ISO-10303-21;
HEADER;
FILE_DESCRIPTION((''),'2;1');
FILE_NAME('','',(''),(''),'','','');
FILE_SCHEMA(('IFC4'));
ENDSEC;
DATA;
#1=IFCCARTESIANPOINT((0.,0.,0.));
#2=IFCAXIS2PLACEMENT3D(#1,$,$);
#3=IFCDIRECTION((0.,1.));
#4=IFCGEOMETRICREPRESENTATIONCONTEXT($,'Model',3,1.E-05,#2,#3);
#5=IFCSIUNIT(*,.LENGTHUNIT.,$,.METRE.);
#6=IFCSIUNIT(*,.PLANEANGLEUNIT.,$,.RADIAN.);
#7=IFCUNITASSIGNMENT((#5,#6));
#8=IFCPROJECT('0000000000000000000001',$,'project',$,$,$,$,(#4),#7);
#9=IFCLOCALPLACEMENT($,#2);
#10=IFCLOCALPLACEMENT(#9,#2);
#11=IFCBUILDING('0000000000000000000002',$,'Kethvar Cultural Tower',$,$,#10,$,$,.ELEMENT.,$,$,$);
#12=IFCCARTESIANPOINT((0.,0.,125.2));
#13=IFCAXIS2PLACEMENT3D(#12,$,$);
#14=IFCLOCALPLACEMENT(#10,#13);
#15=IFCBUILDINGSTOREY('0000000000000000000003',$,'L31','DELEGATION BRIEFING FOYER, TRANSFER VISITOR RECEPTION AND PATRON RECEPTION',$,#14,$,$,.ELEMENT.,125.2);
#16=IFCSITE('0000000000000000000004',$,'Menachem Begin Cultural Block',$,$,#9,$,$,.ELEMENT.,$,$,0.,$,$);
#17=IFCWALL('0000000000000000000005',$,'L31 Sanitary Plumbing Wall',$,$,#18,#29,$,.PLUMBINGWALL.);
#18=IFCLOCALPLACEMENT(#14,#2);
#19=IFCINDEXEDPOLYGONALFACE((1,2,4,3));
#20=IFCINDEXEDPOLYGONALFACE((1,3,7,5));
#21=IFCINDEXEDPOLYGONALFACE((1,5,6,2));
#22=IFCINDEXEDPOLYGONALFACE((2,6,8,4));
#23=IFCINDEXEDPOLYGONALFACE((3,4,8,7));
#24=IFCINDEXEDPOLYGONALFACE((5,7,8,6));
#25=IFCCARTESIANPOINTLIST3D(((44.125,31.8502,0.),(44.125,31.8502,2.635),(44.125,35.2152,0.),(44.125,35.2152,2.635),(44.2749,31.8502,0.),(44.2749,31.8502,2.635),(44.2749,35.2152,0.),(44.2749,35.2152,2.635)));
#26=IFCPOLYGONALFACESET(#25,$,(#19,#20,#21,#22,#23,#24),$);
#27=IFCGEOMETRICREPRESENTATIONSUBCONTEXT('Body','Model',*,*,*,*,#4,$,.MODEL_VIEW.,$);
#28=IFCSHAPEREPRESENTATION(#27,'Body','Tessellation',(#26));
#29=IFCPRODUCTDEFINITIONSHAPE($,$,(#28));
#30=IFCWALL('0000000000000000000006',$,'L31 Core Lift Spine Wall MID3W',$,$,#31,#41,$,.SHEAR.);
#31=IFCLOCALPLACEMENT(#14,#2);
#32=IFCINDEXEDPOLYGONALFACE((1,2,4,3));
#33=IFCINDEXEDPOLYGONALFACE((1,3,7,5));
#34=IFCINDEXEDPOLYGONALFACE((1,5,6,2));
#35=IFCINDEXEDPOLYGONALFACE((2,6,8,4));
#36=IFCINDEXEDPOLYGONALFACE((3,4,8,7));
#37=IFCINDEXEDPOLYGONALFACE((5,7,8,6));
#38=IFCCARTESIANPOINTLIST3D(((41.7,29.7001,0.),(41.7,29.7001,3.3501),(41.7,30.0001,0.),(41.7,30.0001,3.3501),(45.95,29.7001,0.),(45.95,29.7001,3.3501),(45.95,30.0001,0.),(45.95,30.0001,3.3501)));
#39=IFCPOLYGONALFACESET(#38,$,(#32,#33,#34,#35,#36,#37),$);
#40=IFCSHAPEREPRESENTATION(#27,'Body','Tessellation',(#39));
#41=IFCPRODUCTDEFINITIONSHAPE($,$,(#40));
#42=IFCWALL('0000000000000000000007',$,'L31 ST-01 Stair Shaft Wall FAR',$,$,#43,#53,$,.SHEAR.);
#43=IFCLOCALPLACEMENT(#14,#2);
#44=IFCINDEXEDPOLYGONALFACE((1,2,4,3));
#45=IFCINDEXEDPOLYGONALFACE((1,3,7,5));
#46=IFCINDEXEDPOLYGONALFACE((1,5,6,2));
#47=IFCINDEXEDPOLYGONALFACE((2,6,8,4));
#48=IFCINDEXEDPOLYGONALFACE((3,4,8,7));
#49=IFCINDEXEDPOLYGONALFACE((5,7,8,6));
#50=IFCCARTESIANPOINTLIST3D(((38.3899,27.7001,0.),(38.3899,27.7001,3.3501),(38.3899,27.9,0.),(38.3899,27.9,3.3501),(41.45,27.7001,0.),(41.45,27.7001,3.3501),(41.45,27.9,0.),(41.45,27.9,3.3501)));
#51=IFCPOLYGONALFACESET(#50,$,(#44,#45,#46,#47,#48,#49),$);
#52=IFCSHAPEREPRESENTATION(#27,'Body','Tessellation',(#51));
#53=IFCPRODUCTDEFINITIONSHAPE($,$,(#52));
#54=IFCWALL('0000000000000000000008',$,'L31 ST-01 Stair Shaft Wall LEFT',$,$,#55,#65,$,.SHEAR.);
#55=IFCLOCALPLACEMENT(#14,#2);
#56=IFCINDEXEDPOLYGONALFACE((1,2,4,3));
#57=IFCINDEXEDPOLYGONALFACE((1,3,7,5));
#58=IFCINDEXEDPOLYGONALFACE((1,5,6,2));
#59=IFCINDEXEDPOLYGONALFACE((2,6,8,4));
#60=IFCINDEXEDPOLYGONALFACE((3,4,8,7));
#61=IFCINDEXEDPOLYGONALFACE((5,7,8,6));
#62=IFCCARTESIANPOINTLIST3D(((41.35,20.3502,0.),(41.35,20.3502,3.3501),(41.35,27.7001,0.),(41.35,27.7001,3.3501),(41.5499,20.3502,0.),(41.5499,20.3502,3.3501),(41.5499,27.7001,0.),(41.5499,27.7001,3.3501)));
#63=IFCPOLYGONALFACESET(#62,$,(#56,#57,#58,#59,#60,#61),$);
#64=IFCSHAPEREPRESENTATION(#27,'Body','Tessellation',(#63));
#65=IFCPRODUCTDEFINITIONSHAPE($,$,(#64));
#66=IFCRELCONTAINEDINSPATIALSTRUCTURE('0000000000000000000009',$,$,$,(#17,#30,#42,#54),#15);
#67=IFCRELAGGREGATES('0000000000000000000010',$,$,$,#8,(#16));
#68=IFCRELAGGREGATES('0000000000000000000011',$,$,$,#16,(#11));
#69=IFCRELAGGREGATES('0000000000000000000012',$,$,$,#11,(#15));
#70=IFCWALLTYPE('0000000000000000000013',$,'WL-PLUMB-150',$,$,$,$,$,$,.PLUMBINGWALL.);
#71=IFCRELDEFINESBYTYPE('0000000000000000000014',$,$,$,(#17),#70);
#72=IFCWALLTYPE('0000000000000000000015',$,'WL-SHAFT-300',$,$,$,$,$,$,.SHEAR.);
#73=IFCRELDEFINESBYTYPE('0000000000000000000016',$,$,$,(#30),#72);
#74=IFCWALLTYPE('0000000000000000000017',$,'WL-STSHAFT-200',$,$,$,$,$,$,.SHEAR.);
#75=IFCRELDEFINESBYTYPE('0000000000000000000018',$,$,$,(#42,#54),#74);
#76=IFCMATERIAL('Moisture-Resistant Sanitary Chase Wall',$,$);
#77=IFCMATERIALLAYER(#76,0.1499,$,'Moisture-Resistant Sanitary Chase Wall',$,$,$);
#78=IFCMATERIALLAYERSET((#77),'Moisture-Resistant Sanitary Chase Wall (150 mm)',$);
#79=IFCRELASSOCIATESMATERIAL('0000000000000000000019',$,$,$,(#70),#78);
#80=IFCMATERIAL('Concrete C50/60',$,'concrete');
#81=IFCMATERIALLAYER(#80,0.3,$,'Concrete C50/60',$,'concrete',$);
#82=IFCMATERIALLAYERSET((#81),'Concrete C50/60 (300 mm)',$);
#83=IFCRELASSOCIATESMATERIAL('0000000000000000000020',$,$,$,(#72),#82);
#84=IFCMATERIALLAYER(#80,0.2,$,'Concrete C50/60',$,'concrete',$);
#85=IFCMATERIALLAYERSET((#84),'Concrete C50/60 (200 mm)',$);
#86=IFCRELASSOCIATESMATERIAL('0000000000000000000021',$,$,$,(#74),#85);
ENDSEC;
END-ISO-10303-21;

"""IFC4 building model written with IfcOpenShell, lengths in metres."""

from ifc_helpers import new_model, si_unit, direction, frame, frame_2d, origin, place, context, subcontext, project, spatial, rectangle, extrude, material, layer, layer_set, type_object, element, save


model = new_model("IFC4")

# Units and contexts
model_context = context("Model", 3, precision=1e-05, world=origin(), true_north=direction((0.0, 1.0)))
body_context = subcontext(model_context, "Body", "Model", "MODEL_VIEW")
ifc_project = project(units=[si_unit("LENGTHUNIT", "METRE"), si_unit("PLANEANGLEUNIT", "RADIAN")], contexts=[model_context])

# Site, building, storey
site_placement = place(None, origin())
site = spatial("IfcSite", under=ifc_project, at=site_placement, Name="Menachem Begin Cultural Block", CompositionType="ELEMENT", RefElevation=0.0)
building_placement = place(site_placement, origin())
building = spatial("IfcBuilding", under=site, at=building_placement, Name="Kethvar Cultural Tower", CompositionType="ELEMENT")
storey_placement = place(building_placement, frame((0.0, 0.0, 125.2)))
storey = spatial("IfcBuildingStorey", under=building, at=storey_placement, Name="L31", Description="DELEGATION BRIEFING FOYER, TRANSFER VISITOR RECEPTION AND PATRON RECEPTION", CompositionType="ELEMENT", Elevation=125.2)

# Walls
ifc_material_1 = material(Name="Moisture-Resistant Sanitary Chase Wall")
ifc_layer_1 = layer(ifc_material_1, 0.1499, Name="Moisture-Resistant Sanitary Chase Wall")
ifc_layer_set_1 = layer_set([ifc_layer_1], Name="Moisture-Resistant Sanitary Chase Wall (150 mm)")
wall_type_1 = type_object("IfcWallType", Name="WL-PLUMB-150", PredefinedType="PLUMBINGWALL", material=ifc_layer_set_1)
wall_1_placement = place(storey_placement, frame((44.2, 31.8501, 0.0), z_axis=(0.0, 0.0, 1.0), x_axis=(0.0, 1.0, 0.0)))
element("IfcWall", 1, at=wall_1_placement, inside=storey, type_object=wall_type_1, Name="L31 Sanitary Plumbing Wall", PredefinedType="PLUMBINGWALL", context=body_context, shape_type="SweptSolid", body=[
    extrude(rectangle(XDim=3.365, YDim=0.1499, at=frame_2d((1.6826, 0.0))), origin(), (0.0, 0.0, 1.0), 2.635),
])
ifc_material_2 = material(Name="Concrete C50/60", Category="concrete")
ifc_layer_2 = layer(ifc_material_2, 0.3, Name="Concrete C50/60", Category="concrete")
ifc_layer_set_2 = layer_set([ifc_layer_2], Name="Concrete C50/60 (300 mm)")
wall_type_2 = type_object("IfcWallType", Name="WL-SHAFT-300", PredefinedType="SHEAR", material=ifc_layer_set_2)
wall_2_placement = place(storey_placement, frame((41.7, 29.8501, 0.0), z_axis=(0.0, 0.0, 1.0), x_axis=(1.0, 0.0, 0.0)))
element("IfcWall", 2, at=wall_2_placement, inside=storey, type_object=wall_type_2, Name="L31 Core Lift Spine Wall MID3W", PredefinedType="SHEAR", context=body_context, shape_type="SweptSolid", body=[
    extrude(rectangle(XDim=4.25, YDim=0.3, at=frame_2d((2.125, 0.0))), origin(), (0.0, 0.0, 1.0), 3.3501),
])
ifc_layer_3 = layer(ifc_material_2, 0.2, Name="Concrete C50/60", Category="concrete")
ifc_layer_set_3 = layer_set([ifc_layer_3], Name="Concrete C50/60 (200 mm)")
wall_type_3 = type_object("IfcWallType", Name="WL-STSHAFT-200", PredefinedType="SHEAR", material=ifc_layer_set_3)
wall_3_placement = place(storey_placement, frame((38.3899, 27.8, 0.0), z_axis=(0.0, 0.0, 1.0), x_axis=(1.0, 0.0, 0.0)))
element("IfcWall", 3, at=wall_3_placement, inside=storey, type_object=wall_type_3, Name="L31 ST-01 Stair Shaft Wall FAR", PredefinedType="SHEAR", context=body_context, shape_type="SweptSolid", body=[
    extrude(rectangle(XDim=3.0601, YDim=0.2, at=frame_2d((1.53, 0.0))), origin(), (0.0, 0.0, 1.0), 3.3501),
])
wall_4_placement = place(storey_placement, frame((41.45, 27.7, 0.0), z_axis=(0.0, 0.0, 1.0), x_axis=(0.0, -1.0, 0.0)))
element("IfcWall", 4, at=wall_4_placement, inside=storey, type_object=wall_type_3, Name="L31 ST-01 Stair Shaft Wall LEFT", PredefinedType="SHEAR", context=body_context, shape_type="SweptSolid", body=[
    extrude(rectangle(XDim=7.3499, YDim=0.2, at=frame_2d((3.6748, 0.0))), origin(), (0.0, 0.0, 1.0), 3.3501),
])

save(model, "model.ifc")
